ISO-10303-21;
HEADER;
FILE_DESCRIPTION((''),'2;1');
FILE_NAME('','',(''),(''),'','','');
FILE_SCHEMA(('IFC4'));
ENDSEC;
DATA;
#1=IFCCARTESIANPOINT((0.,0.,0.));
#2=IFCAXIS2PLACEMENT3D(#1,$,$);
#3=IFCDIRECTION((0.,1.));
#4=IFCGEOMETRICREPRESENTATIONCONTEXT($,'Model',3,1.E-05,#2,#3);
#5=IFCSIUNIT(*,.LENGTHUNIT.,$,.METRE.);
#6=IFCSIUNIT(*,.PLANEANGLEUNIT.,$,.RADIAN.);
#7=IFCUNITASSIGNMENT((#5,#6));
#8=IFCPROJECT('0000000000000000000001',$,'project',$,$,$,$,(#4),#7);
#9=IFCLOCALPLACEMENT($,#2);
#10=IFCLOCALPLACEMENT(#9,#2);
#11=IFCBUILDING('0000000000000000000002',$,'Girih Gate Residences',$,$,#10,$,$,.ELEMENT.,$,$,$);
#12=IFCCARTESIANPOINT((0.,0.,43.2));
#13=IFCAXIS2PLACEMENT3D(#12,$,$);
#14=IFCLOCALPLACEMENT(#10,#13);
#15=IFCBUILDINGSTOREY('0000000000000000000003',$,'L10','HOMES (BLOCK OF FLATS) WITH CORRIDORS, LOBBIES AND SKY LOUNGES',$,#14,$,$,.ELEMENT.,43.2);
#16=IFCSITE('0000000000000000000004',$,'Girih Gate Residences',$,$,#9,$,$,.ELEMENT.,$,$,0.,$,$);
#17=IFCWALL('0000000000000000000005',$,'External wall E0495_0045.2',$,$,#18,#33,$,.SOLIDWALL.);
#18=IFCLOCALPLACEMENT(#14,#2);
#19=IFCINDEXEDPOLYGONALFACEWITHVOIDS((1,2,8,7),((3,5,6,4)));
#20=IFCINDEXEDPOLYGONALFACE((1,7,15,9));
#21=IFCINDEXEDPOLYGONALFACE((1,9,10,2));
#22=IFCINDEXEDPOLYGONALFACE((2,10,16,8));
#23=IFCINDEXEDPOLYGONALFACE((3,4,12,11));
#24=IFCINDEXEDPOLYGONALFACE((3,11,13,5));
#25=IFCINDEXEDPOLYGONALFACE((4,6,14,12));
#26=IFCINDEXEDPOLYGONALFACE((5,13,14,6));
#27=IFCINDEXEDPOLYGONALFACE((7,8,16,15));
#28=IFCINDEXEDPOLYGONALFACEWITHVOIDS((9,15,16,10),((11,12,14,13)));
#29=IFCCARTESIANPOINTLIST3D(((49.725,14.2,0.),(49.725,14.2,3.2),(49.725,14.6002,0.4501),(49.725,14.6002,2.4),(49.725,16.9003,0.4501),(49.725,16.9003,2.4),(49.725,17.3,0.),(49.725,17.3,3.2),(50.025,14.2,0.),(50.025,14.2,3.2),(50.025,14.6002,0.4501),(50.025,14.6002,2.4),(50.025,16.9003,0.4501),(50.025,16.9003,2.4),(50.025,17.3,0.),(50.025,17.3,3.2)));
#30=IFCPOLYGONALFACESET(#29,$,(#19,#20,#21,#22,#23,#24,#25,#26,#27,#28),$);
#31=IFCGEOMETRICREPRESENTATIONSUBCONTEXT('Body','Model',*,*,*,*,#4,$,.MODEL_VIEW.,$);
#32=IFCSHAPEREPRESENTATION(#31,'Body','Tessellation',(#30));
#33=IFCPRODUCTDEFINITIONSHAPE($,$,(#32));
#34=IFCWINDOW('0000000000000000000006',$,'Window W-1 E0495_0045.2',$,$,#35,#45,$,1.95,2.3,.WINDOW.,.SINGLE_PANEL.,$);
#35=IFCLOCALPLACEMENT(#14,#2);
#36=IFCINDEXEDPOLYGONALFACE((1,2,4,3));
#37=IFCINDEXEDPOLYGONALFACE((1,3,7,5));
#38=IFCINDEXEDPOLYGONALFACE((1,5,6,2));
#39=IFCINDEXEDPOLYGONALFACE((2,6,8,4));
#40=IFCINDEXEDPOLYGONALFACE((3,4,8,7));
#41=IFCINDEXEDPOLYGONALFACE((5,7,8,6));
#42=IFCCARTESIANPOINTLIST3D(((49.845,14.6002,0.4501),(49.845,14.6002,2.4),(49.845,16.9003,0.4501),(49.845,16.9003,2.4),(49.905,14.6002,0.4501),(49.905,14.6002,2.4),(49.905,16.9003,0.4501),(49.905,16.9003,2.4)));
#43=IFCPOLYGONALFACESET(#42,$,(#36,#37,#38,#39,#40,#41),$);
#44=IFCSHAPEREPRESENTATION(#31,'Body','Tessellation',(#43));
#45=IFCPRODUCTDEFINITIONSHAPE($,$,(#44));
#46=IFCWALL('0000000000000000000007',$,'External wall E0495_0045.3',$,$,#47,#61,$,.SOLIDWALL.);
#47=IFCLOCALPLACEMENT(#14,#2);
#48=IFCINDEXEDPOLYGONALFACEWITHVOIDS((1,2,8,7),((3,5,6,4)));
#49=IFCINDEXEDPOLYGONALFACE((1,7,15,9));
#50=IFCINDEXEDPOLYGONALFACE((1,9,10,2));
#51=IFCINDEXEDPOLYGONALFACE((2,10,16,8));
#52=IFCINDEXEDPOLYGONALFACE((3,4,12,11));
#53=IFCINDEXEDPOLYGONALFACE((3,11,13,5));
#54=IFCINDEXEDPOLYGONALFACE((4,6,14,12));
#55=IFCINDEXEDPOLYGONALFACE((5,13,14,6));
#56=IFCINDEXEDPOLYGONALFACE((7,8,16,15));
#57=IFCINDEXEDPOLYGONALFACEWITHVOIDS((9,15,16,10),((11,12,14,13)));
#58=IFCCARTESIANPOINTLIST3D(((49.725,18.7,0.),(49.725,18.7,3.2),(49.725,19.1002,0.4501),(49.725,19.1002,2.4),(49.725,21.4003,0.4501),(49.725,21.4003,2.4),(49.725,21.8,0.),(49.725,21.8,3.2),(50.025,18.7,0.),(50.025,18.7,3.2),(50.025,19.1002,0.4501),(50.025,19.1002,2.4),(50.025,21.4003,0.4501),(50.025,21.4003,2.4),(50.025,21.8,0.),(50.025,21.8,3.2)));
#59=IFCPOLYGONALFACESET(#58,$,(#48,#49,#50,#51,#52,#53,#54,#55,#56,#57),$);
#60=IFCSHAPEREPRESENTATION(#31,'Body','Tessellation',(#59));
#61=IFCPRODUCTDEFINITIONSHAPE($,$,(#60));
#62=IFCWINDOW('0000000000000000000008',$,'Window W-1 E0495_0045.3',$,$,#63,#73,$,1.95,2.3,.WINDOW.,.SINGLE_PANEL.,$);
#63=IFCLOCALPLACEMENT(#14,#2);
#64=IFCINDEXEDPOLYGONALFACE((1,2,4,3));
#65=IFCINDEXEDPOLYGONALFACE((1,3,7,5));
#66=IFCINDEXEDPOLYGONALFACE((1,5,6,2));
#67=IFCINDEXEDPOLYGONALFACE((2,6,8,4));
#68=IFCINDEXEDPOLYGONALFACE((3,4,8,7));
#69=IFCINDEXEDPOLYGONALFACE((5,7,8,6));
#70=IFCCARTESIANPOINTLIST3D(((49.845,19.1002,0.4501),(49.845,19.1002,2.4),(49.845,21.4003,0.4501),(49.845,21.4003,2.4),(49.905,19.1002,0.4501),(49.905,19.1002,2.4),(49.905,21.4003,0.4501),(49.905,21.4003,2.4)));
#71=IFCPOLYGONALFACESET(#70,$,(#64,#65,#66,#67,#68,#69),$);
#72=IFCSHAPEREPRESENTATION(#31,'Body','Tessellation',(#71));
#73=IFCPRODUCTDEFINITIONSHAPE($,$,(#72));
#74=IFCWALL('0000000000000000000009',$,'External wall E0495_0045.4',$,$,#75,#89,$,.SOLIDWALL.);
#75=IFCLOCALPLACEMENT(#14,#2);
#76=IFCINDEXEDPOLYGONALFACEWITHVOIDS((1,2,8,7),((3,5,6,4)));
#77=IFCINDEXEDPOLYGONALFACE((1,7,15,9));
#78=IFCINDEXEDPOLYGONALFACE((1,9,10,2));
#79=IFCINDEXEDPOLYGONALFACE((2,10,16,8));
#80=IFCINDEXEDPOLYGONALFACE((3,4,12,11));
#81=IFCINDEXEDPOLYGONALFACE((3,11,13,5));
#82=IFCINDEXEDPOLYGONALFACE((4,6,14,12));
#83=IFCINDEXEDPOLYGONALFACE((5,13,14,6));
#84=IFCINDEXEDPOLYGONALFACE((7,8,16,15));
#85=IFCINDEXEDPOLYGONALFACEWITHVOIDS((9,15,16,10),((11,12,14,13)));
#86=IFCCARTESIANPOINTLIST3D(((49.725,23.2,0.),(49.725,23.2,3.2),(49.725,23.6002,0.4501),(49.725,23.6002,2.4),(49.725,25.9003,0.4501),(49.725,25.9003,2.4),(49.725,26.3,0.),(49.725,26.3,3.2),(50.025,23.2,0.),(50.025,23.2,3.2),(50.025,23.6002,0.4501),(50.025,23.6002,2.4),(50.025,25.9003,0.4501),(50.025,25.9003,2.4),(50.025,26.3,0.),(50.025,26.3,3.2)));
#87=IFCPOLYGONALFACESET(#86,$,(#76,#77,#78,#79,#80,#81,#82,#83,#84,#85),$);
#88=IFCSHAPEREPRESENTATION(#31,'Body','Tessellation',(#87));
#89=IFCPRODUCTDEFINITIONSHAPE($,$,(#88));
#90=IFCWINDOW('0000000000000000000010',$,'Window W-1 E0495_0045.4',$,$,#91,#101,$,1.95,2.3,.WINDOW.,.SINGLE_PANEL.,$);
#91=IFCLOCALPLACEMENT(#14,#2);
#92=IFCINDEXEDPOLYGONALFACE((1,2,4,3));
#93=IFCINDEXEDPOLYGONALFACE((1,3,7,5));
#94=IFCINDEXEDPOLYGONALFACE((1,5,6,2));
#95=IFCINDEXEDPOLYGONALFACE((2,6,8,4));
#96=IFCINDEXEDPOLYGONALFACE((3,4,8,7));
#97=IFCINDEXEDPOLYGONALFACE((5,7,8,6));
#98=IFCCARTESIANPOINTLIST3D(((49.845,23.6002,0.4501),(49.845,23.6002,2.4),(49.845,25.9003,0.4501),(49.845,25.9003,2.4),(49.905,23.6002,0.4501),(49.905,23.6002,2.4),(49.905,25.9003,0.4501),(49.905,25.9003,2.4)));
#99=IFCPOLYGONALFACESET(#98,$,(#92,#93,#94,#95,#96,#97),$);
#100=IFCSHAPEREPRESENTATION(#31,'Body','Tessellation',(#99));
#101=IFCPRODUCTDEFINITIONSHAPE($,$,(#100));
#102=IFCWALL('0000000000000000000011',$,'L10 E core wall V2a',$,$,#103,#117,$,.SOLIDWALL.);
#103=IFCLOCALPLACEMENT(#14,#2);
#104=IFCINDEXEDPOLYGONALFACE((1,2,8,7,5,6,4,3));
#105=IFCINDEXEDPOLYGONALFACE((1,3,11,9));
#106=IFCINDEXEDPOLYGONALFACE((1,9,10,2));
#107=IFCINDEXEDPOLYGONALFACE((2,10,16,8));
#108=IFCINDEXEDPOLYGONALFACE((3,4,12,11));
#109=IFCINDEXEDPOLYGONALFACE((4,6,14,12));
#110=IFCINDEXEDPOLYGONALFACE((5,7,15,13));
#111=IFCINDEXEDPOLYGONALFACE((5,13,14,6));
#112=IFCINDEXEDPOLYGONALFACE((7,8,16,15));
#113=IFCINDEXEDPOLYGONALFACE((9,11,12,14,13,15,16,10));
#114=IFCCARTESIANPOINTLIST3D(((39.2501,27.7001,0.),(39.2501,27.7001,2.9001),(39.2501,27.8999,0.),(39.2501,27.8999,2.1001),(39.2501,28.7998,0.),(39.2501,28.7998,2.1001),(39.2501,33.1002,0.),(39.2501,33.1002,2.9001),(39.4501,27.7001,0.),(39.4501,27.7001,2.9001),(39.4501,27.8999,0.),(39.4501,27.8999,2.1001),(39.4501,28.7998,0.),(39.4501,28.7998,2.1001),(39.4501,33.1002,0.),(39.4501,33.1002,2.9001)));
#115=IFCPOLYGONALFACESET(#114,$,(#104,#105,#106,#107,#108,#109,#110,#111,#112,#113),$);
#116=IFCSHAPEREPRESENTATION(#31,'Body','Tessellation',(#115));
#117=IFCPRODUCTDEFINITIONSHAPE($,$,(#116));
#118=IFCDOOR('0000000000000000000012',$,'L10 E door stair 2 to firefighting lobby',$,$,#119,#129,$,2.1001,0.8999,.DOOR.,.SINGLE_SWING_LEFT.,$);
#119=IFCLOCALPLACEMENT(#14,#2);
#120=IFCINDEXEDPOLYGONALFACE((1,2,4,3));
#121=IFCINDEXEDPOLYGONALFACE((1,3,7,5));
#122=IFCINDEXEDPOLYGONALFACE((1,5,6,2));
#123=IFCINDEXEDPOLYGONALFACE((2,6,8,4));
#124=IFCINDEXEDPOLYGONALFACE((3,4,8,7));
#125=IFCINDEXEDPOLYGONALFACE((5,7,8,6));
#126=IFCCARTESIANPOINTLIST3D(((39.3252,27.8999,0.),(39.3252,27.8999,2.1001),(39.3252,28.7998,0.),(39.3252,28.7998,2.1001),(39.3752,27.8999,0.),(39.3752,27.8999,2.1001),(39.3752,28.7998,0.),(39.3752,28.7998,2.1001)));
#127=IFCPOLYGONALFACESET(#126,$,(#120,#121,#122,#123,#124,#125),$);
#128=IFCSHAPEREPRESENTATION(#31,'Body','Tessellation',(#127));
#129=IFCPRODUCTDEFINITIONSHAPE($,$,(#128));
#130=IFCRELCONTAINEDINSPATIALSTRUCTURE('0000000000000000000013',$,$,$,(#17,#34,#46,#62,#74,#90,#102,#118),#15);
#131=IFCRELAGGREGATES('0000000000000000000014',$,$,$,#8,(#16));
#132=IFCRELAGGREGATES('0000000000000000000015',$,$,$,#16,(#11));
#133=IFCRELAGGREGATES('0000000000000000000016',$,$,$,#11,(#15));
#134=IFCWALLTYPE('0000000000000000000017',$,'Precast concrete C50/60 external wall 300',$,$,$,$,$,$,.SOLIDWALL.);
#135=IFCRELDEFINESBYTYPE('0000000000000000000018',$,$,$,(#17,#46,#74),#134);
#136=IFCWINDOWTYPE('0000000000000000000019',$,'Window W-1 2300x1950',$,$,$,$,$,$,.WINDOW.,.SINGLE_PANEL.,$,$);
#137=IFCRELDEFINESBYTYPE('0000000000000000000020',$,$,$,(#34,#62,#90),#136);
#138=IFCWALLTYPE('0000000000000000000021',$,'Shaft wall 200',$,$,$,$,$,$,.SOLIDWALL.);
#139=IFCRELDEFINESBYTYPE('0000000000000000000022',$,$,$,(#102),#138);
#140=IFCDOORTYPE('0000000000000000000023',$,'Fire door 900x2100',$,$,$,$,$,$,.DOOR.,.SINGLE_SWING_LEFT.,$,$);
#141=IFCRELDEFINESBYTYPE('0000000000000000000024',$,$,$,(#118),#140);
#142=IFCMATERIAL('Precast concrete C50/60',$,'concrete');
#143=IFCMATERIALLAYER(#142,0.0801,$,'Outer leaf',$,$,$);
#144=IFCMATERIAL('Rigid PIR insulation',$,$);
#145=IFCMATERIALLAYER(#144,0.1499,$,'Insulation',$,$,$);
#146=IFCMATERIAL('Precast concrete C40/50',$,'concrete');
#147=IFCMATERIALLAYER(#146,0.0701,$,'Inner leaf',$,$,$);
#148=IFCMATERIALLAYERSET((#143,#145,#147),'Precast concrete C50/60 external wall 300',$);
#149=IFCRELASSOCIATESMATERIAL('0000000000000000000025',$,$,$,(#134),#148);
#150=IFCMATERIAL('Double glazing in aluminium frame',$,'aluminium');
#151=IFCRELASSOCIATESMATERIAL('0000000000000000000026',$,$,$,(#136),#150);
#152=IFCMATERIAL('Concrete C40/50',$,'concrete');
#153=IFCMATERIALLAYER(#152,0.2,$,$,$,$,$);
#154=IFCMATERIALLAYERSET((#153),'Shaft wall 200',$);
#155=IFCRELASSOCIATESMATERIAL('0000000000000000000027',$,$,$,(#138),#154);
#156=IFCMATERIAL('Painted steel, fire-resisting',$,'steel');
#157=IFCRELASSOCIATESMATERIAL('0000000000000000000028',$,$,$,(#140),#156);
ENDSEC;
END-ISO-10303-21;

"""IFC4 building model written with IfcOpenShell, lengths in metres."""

from ifc_helpers import new_model, si_unit, direction, frame, frame_2d, origin, place, context, subcontext, project, spatial, rectangle, extrude, material, layer, layer_set, type_object, element, fill, save


model = new_model("IFC4")

# Units and contexts
model_context = context("Model", 3, precision=1e-05, world=origin(), true_north=direction((0.0, 1.0)))
body_context = subcontext(model_context, "Body", "Model", "MODEL_VIEW")
ifc_project = project(units=[si_unit("LENGTHUNIT", "METRE"), si_unit("PLANEANGLEUNIT", "RADIAN")], contexts=[model_context])

# Site, building, storey
site_placement = place(None, origin())
site = spatial("IfcSite", under=ifc_project, at=site_placement, Name="Girih Gate Residences", CompositionType="ELEMENT", RefElevation=0.0)
building_placement = place(site_placement, origin())
building = spatial("IfcBuilding", under=site, at=building_placement, Name="Girih Gate Residences", CompositionType="ELEMENT")
storey_placement = place(building_placement, frame((0.0, 0.0, 43.2)))
storey = spatial("IfcBuildingStorey", under=building, at=storey_placement, Name="L10", Description="HOMES (BLOCK OF FLATS) WITH CORRIDORS, LOBBIES AND SKY LOUNGES", CompositionType="ELEMENT", Elevation=43.2)

# Shared definitions
ifc_material_1 = material(Name="Painted steel, fire-resisting", Category="steel")

# Walls, openings, windows
ifc_material_2 = material(Name="Precast concrete C50/60", Category="concrete")
ifc_layer_1 = layer(ifc_material_2, 0.0801, Name="Outer leaf")
ifc_material_3 = material(Name="Rigid PIR insulation")
ifc_layer_2 = layer(ifc_material_3, 0.1499, Name="Insulation")
ifc_material_4 = material(Name="Precast concrete C40/50", Category="concrete")
ifc_layer_3 = layer(ifc_material_4, 0.0701, Name="Inner leaf")
ifc_layer_set_1 = layer_set([ifc_layer_1, ifc_layer_2, ifc_layer_3], Name="Precast concrete C50/60 external wall 300")
wall_type_1 = type_object("IfcWallType", Name="Precast concrete C50/60 external wall 300", PredefinedType="SOLIDWALL", material=ifc_layer_set_1)
wall_1_placement = place(storey_placement, frame((49.875, 17.3, 0.0), z_axis=(0.0, 0.0, 1.0), x_axis=(0.0, -1.0, 0.0)))
wall_1 = element("IfcWall", 1, at=wall_1_placement, inside=storey, type_object=wall_type_1, Name="External wall E0495_0045.2", PredefinedType="SOLIDWALL", context=body_context, shape_type="SweptSolid", body=[
    extrude(rectangle(XDim=3.1001, YDim=0.3, at=frame_2d((1.55, 0.0))), origin(), (0.0, 0.0, 1.0), 3.2),
])
opening_1_placement = place(wall_1_placement, frame((0.3999, 0.0, 0.45)))
opening_1 = element("IfcOpeningElement", 2, at=opening_1_placement, cuts=wall_1, PredefinedType="OPENING", context=body_context, shape_type="SweptSolid", body=[
    extrude(rectangle(XDim=2.3, YDim=1.95, at=frame_2d((1.1499, 0.9751))), frame((0.0, 0.1599, 0.0), z_axis=(0.0, -1.0, 0.0), x_axis=(1.0, 0.0, 0.0)), (0.0, 0.0, 1.0), 0.3201),
])
ifc_material_5 = material(Name="Double glazing in aluminium frame", Category="aluminium")
window_type = type_object("IfcWindowType", Name="Window W-1 2300x1950", PartitioningType="SINGLE_PANEL", PredefinedType="WINDOW", material=ifc_material_5)
window_1_placement = place(opening_1_placement, origin())
window_1 = element("IfcWindow", 3, at=window_1_placement, inside=storey, type_object=window_type, Name="Window W-1 E0495_0045.2", OverallHeight=1.95, OverallWidth=2.3, PartitioningType="SINGLE_PANEL", PredefinedType="WINDOW", context=body_context, shape_type="SweptSolid", body=[
    extrude(rectangle(XDim=2.3, YDim=1.95, at=frame_2d((1.1499, 0.9751))), frame((0.0, 0.03, 0.0), z_axis=(0.0, -1.0, 0.0), x_axis=(1.0, 0.0, 0.0)), (0.0, 0.0, 1.0), 0.0601),
])
fill(opening_1, window_1)
wall_2_placement = place(storey_placement, frame((49.875, 21.8, 0.0), z_axis=(0.0, 0.0, 1.0), x_axis=(0.0, -1.0, 0.0)))
wall_2 = element("IfcWall", 4, at=wall_2_placement, inside=storey, type_object=wall_type_1, Name="External wall E0495_0045.3", PredefinedType="SOLIDWALL", context=body_context, shape_type="SweptSolid", body=[
    extrude(rectangle(XDim=3.1001, YDim=0.3, at=frame_2d((1.55, 0.0))), origin(), (0.0, 0.0, 1.0), 3.2),
])
opening_2_placement = place(wall_2_placement, frame((0.3999, 0.0, 0.45)))
opening_2 = element("IfcOpeningElement", 5, at=opening_2_placement, cuts=wall_2, PredefinedType="OPENING", context=body_context, shape_type="SweptSolid", body=[
    extrude(rectangle(XDim=2.3, YDim=1.95, at=frame_2d((1.1499, 0.9751))), frame((0.0, 0.1599, 0.0), z_axis=(0.0, -1.0, 0.0), x_axis=(1.0, 0.0, 0.0)), (0.0, 0.0, 1.0), 0.3201),
])
window_2_placement = place(opening_2_placement, origin())
window_2 = element("IfcWindow", 6, at=window_2_placement, inside=storey, type_object=window_type, Name="Window W-1 E0495_0045.3", OverallHeight=1.95, OverallWidth=2.3, PartitioningType="SINGLE_PANEL", PredefinedType="WINDOW", context=body_context, shape_type="SweptSolid", body=[
    extrude(rectangle(XDim=2.3, YDim=1.95, at=frame_2d((1.1499, 0.9751))), frame((0.0, 0.03, 0.0), z_axis=(0.0, -1.0, 0.0), x_axis=(1.0, 0.0, 0.0)), (0.0, 0.0, 1.0), 0.0601),
])
fill(opening_2, window_2)
wall_3_placement = place(storey_placement, frame((49.875, 26.3, 0.0), z_axis=(0.0, 0.0, 1.0), x_axis=(0.0, -1.0, 0.0)))
wall_3 = element("IfcWall", 7, at=wall_3_placement, inside=storey, type_object=wall_type_1, Name="External wall E0495_0045.4", PredefinedType="SOLIDWALL", context=body_context, shape_type="SweptSolid", body=[
    extrude(rectangle(XDim=3.1001, YDim=0.3, at=frame_2d((1.55, 0.0))), origin(), (0.0, 0.0, 1.0), 3.2),
])
opening_3_placement = place(wall_3_placement, frame((0.3999, 0.0, 0.45)))
opening_3 = element("IfcOpeningElement", 8, at=opening_3_placement, cuts=wall_3, PredefinedType="OPENING", context=body_context, shape_type="SweptSolid", body=[
    extrude(rectangle(XDim=2.3, YDim=1.95, at=frame_2d((1.1499, 0.9751))), frame((0.0, 0.1599, 0.0), z_axis=(0.0, -1.0, 0.0), x_axis=(1.0, 0.0, 0.0)), (0.0, 0.0, 1.0), 0.3201),
])
window_3_placement = place(opening_3_placement, origin())
window_3 = element("IfcWindow", 9, at=window_3_placement, inside=storey, type_object=window_type, Name="Window W-1 E0495_0045.4", OverallHeight=1.95, OverallWidth=2.3, PartitioningType="SINGLE_PANEL", PredefinedType="WINDOW", context=body_context, shape_type="SweptSolid", body=[
    extrude(rectangle(XDim=2.3, YDim=1.95, at=frame_2d((1.1499, 0.9751))), frame((0.0, 0.03, 0.0), z_axis=(0.0, -1.0, 0.0), x_axis=(1.0, 0.0, 0.0)), (0.0, 0.0, 1.0), 0.0601),
])
fill(opening_3, window_3)

# Wall, opening, door
ifc_material_6 = material(Name="Concrete C40/50", Category="concrete")
ifc_layer_4 = layer(ifc_material_6, 0.2)
ifc_layer_set_2 = layer_set([ifc_layer_4], Name="Shaft wall 200")
wall_type_2 = type_object("IfcWallType", Name="Shaft wall 200", PredefinedType="SOLIDWALL", material=ifc_layer_set_2)
wall_4_placement = place(storey_placement, frame((39.3501, 27.7, 0.0), z_axis=(0.0, 0.0, 1.0), x_axis=(0.0, 1.0, 0.0)))
wall_4 = element("IfcWall", 10, at=wall_4_placement, inside=storey, type_object=wall_type_2, Name="L10 E core wall V2a", PredefinedType="SOLIDWALL", context=body_context, shape_type="SweptSolid", body=[
    extrude(rectangle(XDim=5.4001, YDim=0.2, at=frame_2d((2.7002, 0.0))), origin(), (0.0, 0.0, 1.0), 2.9001),
])
opening_4_placement = place(wall_4_placement, frame((0.2, 0.0, 0.0)))
opening_4 = element("IfcOpeningElement", 11, at=opening_4_placement, cuts=wall_4, PredefinedType="OPENING", context=body_context, shape_type="SweptSolid", body=[
    extrude(rectangle(XDim=0.8999, YDim=2.1001, at=frame_2d((0.45, 1.05))), frame((0.0, 0.1099, 0.0), z_axis=(0.0, -1.0, 0.0), x_axis=(1.0, 0.0, 0.0)), (0.0, 0.0, 1.0), 0.22),
])
door_type_1 = type_object("IfcDoorType", Name="Fire door 900x2100", OperationType="SINGLE_SWING_LEFT", PredefinedType="DOOR", material=ifc_material_1)
door_1_placement = place(opening_4_placement, origin())
door_1 = element("IfcDoor", 12, at=door_1_placement, inside=storey, type_object=door_type_1, Name="L10 E door stair 2 to firefighting lobby", OperationType="SINGLE_SWING_LEFT", OverallHeight=2.1001, OverallWidth=0.8999, PredefinedType="DOOR", context=body_context, shape_type="SweptSolid", body=[
    extrude(rectangle(XDim=0.8999, YDim=2.1001, at=frame_2d((0.45, 1.05))), frame((0.0, 0.0249, 0.0), z_axis=(0.0, -1.0, 0.0), x_axis=(1.0, 0.0, 0.0)), (0.0, 0.0, 1.0), 0.05),
])
fill(opening_4, door_1)

save(model, "model.ifc")
